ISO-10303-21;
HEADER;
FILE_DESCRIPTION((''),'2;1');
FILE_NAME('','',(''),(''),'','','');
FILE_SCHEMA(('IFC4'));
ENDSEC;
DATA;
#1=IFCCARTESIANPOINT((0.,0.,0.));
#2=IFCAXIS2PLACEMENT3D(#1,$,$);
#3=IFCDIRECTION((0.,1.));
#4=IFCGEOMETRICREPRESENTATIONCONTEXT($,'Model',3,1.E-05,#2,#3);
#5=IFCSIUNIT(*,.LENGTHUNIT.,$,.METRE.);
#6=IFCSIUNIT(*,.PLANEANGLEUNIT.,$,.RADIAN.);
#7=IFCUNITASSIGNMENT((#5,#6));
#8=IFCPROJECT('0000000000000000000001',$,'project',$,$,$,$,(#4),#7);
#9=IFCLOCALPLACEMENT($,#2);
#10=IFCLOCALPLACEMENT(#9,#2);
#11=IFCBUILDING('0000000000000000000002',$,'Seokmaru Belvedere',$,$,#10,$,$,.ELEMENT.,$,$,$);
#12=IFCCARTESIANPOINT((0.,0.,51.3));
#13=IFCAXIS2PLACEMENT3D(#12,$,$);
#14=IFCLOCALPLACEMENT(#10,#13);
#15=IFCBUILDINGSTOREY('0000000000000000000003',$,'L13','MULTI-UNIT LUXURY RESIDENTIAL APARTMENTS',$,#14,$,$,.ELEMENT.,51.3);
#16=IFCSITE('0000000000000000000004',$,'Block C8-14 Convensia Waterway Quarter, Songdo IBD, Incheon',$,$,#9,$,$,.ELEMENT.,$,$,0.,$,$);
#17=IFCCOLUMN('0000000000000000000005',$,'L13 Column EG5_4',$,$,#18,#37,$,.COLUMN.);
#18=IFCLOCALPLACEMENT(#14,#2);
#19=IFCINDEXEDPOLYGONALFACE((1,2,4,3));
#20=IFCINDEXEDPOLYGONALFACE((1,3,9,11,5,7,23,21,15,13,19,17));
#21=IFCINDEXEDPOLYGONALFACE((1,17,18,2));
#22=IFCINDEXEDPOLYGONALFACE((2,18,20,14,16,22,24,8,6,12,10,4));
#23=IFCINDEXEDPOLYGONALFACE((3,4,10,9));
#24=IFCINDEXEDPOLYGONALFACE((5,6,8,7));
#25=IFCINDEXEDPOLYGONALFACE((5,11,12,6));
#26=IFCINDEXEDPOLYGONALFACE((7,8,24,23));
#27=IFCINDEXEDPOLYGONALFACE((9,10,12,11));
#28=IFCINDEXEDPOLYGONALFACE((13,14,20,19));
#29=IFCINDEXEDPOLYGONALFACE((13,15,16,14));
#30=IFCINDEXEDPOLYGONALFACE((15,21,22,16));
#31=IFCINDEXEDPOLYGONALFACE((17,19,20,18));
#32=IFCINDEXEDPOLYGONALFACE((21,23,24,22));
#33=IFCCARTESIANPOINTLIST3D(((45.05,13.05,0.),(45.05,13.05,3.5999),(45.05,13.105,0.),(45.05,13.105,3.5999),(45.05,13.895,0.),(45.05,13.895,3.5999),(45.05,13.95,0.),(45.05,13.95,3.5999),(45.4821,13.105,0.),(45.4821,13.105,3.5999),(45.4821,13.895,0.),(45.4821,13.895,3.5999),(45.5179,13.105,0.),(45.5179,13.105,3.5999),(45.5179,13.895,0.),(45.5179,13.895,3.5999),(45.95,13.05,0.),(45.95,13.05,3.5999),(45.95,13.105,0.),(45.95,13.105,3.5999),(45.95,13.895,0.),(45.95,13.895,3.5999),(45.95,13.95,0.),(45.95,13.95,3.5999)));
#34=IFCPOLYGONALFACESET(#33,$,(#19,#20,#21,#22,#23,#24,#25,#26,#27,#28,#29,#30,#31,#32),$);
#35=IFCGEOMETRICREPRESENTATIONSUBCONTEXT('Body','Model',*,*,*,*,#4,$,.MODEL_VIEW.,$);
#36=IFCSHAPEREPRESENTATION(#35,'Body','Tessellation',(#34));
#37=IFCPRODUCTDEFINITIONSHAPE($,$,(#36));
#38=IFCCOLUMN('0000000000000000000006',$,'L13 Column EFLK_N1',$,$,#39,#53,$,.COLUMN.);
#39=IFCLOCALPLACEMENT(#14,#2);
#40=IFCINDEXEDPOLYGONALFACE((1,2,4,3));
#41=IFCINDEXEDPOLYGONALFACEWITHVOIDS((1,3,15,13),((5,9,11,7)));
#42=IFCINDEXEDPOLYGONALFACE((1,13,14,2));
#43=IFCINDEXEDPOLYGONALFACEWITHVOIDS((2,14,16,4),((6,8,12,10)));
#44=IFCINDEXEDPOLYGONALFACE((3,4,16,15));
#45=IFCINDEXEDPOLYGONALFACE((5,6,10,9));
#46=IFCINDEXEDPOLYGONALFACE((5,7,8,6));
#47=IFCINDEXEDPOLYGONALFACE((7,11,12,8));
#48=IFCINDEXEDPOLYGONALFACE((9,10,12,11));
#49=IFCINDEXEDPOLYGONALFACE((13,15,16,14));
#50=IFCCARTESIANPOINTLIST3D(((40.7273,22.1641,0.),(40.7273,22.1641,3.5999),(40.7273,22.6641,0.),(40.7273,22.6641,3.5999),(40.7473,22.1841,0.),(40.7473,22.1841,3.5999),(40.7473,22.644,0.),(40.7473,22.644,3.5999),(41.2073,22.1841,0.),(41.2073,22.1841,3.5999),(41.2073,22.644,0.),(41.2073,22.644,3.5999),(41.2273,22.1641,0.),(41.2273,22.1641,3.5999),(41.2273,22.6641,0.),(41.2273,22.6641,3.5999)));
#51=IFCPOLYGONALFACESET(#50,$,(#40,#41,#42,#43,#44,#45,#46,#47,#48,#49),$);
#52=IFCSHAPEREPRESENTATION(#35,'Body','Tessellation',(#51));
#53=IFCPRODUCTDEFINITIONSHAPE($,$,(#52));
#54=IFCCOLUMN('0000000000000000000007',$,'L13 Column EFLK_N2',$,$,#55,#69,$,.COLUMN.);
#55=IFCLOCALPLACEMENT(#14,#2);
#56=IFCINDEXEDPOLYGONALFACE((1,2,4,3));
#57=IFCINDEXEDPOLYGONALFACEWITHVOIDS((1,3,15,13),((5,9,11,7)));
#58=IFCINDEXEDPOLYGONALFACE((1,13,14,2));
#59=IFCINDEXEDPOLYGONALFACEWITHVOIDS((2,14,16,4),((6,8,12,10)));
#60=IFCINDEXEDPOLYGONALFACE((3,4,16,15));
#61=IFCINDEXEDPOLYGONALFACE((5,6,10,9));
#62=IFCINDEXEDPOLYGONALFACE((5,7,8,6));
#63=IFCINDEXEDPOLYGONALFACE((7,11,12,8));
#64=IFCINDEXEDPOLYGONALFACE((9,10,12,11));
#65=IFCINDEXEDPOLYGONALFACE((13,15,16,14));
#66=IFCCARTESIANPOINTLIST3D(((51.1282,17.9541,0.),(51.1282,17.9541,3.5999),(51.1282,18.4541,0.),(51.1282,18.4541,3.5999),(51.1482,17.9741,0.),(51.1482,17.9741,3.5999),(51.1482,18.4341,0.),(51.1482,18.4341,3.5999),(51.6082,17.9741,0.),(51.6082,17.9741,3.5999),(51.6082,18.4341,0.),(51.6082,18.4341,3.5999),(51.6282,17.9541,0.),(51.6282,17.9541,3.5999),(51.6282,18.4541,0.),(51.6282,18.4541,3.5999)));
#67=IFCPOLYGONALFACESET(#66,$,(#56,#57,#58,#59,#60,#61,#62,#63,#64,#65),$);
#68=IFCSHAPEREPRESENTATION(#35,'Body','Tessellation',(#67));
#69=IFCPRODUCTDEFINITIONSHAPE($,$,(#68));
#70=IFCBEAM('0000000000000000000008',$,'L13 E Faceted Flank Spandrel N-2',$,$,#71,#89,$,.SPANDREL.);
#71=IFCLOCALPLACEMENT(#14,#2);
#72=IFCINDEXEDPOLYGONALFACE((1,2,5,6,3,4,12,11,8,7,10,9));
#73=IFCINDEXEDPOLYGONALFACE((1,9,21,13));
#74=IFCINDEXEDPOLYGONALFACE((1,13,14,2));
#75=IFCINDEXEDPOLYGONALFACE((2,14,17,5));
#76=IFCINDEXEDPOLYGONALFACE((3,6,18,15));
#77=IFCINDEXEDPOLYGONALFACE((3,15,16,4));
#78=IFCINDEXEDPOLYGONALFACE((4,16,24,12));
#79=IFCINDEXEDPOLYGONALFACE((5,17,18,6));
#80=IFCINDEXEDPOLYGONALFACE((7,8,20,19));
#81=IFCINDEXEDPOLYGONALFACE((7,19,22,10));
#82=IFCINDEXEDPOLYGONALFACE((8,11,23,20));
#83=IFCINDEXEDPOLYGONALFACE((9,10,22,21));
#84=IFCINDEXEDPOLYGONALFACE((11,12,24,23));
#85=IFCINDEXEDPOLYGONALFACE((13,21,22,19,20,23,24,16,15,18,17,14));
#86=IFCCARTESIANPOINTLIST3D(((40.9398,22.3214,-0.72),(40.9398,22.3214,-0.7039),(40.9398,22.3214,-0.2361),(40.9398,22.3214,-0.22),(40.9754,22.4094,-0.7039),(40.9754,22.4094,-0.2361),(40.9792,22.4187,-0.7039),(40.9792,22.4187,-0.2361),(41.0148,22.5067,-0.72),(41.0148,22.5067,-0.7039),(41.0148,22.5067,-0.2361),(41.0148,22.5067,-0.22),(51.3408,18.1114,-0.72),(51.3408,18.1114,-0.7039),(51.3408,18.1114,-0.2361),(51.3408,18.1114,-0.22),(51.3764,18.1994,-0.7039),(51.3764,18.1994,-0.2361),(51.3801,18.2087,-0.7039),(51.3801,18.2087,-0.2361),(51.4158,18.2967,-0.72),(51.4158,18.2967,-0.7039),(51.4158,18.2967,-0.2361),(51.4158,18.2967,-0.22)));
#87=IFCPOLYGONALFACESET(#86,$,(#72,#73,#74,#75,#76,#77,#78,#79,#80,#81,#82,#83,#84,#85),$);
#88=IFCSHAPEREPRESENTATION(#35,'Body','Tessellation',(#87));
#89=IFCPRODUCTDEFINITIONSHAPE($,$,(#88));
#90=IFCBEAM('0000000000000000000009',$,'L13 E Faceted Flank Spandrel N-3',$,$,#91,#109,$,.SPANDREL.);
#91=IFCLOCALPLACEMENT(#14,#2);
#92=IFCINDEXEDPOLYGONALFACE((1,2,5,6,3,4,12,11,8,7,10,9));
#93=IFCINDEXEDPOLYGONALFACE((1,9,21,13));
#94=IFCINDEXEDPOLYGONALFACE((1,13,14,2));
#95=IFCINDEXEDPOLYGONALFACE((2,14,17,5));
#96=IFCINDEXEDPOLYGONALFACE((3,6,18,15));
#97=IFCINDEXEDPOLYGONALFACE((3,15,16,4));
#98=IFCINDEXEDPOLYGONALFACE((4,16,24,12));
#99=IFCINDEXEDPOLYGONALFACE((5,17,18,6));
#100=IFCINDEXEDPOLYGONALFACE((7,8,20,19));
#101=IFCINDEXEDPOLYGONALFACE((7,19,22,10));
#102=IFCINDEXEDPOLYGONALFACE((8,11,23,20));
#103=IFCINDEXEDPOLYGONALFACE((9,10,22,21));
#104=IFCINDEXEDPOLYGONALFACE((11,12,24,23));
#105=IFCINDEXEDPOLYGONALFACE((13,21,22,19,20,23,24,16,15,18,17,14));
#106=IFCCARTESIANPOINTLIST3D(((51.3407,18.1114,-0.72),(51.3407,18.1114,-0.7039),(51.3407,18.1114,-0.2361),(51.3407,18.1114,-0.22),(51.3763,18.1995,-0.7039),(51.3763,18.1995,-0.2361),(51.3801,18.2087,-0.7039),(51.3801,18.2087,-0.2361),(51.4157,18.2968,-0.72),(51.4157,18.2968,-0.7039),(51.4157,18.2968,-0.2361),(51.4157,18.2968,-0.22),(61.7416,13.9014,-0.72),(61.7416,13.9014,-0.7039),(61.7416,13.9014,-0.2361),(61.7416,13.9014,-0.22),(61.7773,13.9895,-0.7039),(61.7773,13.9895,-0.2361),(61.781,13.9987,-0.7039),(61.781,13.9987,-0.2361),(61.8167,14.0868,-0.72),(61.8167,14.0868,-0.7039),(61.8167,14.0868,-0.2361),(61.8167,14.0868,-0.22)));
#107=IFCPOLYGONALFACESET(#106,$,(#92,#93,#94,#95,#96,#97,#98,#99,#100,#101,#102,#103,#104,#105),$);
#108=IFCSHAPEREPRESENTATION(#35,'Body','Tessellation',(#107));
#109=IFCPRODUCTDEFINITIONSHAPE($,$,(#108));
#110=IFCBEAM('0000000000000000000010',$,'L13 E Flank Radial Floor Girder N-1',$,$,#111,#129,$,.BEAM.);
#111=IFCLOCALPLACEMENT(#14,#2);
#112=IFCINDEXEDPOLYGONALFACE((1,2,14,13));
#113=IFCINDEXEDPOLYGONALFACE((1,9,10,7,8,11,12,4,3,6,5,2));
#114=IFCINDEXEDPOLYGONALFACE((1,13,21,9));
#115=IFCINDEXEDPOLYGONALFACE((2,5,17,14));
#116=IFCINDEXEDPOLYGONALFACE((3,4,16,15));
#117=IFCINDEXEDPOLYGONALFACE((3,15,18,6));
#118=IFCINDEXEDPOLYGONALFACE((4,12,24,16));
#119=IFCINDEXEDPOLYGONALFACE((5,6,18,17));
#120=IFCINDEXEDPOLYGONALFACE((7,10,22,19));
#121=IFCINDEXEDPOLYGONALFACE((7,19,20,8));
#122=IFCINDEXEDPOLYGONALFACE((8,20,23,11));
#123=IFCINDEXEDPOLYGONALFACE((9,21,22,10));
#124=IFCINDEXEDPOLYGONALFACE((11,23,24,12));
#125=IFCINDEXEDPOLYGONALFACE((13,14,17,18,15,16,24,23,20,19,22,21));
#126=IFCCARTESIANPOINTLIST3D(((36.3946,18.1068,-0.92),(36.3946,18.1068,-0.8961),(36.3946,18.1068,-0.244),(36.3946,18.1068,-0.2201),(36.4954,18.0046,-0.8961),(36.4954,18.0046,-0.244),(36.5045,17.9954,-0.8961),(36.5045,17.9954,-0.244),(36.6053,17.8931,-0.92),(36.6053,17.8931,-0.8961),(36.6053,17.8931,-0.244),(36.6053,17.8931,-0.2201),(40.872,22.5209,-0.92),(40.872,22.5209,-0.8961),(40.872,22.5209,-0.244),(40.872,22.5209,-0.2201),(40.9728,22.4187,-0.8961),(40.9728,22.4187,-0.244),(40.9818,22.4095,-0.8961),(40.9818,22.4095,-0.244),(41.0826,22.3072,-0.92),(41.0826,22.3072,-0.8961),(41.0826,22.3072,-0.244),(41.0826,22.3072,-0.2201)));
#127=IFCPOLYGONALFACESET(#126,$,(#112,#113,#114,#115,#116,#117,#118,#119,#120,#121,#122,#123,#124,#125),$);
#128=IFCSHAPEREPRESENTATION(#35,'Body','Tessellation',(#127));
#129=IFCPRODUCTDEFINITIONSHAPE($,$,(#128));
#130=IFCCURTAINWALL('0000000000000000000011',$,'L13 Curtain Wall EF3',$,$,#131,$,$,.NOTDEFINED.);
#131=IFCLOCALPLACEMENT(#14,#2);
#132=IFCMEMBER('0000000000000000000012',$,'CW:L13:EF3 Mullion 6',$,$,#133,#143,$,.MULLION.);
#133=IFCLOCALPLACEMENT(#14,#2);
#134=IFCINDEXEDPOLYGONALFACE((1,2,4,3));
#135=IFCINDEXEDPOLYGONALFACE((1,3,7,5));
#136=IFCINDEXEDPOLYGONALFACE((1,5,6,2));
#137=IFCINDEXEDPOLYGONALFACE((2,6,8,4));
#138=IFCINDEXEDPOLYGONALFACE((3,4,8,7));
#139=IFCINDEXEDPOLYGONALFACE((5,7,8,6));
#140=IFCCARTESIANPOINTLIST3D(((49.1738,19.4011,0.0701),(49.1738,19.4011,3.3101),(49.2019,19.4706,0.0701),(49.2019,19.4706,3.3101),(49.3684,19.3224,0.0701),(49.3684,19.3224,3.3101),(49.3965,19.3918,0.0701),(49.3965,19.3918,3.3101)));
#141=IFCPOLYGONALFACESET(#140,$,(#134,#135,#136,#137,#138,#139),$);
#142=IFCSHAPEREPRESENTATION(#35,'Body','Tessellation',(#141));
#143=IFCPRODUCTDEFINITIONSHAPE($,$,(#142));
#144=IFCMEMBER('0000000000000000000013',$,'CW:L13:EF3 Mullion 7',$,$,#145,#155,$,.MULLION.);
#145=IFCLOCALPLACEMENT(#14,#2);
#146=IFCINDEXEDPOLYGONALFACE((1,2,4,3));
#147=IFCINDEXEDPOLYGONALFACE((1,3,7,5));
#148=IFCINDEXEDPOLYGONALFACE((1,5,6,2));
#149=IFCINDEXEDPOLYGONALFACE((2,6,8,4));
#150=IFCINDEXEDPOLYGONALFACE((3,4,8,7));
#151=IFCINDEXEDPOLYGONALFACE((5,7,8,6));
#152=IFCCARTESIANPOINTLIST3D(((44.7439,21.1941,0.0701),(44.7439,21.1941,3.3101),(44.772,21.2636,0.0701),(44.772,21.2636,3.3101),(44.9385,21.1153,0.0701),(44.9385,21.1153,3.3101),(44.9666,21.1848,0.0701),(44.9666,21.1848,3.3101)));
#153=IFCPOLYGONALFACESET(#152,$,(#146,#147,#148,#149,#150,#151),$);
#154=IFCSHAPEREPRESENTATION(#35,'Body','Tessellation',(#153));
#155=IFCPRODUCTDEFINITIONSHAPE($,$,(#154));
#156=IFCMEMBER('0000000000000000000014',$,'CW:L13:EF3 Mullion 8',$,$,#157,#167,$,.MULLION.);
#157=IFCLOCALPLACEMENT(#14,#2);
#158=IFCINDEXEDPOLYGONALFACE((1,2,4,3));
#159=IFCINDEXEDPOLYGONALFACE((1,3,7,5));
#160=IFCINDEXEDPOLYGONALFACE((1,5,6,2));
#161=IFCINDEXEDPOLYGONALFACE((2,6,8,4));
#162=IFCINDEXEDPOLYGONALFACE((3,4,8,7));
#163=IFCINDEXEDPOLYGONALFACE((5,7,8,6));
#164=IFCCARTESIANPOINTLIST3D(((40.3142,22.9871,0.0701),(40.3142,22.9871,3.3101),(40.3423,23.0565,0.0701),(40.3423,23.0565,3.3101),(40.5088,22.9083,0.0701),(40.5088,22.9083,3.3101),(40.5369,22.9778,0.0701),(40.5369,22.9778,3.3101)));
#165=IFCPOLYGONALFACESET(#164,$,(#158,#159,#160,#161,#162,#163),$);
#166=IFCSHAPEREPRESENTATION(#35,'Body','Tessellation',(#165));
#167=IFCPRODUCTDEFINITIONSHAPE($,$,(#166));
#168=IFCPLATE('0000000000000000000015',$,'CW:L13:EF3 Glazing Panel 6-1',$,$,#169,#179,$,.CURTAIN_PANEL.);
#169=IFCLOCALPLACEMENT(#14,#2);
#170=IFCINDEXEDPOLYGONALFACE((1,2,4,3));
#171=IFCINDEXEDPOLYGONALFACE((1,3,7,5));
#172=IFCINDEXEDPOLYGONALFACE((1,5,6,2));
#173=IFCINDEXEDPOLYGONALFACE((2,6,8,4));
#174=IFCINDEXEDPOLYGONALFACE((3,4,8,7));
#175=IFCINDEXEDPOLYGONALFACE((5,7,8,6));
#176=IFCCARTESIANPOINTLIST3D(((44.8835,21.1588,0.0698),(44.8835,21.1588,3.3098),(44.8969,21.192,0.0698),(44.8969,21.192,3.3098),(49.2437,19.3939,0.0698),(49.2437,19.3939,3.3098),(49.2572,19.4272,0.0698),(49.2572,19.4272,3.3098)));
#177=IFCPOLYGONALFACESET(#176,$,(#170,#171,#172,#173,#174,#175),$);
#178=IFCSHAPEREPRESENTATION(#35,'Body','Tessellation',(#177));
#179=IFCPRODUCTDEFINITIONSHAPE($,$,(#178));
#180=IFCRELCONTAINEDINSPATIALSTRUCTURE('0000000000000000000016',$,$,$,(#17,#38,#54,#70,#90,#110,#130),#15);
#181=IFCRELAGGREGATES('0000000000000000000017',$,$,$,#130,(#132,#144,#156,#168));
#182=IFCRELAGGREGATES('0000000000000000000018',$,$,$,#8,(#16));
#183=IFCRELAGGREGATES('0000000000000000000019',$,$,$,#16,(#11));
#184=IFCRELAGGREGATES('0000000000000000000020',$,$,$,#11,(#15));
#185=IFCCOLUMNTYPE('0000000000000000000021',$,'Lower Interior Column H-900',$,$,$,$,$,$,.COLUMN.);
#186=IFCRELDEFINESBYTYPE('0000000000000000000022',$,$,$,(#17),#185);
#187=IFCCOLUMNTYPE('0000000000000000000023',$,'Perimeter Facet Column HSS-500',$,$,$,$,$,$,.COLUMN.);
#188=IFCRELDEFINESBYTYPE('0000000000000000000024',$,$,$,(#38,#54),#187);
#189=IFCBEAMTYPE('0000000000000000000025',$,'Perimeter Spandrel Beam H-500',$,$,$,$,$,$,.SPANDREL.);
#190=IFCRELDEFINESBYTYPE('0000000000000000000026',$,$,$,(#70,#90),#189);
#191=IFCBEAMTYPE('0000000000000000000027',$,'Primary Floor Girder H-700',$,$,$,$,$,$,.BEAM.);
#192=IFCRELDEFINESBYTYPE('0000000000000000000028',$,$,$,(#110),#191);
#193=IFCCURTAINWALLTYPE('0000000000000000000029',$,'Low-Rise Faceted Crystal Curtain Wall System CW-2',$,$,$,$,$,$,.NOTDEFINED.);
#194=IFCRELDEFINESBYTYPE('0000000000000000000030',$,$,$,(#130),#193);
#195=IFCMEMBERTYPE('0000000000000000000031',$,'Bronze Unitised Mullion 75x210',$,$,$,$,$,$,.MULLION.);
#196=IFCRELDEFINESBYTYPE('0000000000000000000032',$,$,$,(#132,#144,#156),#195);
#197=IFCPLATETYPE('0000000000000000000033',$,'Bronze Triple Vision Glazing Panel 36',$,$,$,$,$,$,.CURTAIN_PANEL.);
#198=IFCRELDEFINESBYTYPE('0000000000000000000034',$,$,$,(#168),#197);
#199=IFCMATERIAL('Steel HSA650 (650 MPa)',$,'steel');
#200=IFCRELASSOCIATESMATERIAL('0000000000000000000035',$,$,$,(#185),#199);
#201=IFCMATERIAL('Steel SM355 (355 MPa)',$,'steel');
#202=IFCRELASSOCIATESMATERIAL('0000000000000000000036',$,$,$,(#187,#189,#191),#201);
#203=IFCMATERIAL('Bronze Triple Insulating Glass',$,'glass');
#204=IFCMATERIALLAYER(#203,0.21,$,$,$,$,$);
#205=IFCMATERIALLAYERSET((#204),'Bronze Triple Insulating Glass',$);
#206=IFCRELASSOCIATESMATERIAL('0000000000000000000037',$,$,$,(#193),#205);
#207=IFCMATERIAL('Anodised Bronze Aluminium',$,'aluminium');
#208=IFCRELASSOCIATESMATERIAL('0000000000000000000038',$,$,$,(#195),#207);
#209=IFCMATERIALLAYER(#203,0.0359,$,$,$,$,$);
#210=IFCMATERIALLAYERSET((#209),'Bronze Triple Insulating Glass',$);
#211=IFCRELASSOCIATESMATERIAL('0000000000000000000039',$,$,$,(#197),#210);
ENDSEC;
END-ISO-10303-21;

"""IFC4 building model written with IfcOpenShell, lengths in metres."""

from ifc_helpers import new_model, si_unit, direction, frame, origin, origin_2d, place, context, subcontext, project, spatial, rectangle, hollow_rectangle, i_section, extrude, source, transform, mapped, material, layer, layer_set, material_profile, profile_set, type_object, type_shapes, element, aggregate, save


model = new_model("IFC4")

# Units and contexts
model_context = context("Model", 3, precision=1e-05, world=origin(), true_north=direction((0.0, 1.0)))
body_context = subcontext(model_context, "Body", "Model", "MODEL_VIEW")
ifc_project = project(units=[si_unit("LENGTHUNIT", "METRE"), si_unit("PLANEANGLEUNIT", "RADIAN")], contexts=[model_context])

# Site, building, storey
site_placement = place(None, origin())
site = spatial("IfcSite", under=ifc_project, at=site_placement, Name="Block C8-14 Convensia Waterway Quarter, Songdo IBD, Incheon", CompositionType="ELEMENT", RefElevation=0.0)
building_placement = place(site_placement, origin())
building = spatial("IfcBuilding", under=site, at=building_placement, Name="Seokmaru Belvedere", CompositionType="ELEMENT")
storey_placement = place(building_placement, frame((0.0, 0.0, 51.3)))
storey = spatial("IfcBuildingStorey", under=building, at=storey_placement, Name="L13", Description="MULTI-UNIT LUXURY RESIDENTIAL APARTMENTS", CompositionType="ELEMENT", Elevation=51.3)

# Columns
ifc_material_1 = material(Name="Steel HSA650 (650 MPa)", Category="steel")
ifc_material_profile_1 = material_profile(ifc_material_1, i_section(OverallWidth=0.8999, OverallDepth=0.8999, WebThickness=0.0359, FlangeThickness=0.0549, at=origin_2d()), Name="H-900x900x36x55")
ifc_profile_set_1 = profile_set([ifc_material_profile_1], Name="Steel HSA650 (650 MPa)")
column_type_1 = type_object("IfcColumnType", Name="Lower Interior Column H-900", PredefinedType="COLUMN", material=ifc_profile_set_1)
shared_shape_1 = source(origin(), body_context, "Body", "SweptSolid", [
    extrude(i_section(OverallWidth=0.8999, OverallDepth=0.8999, WebThickness=0.0359, FlangeThickness=0.0549, at=origin_2d()), origin(), (0.0, 0.0, 1.0), 3.5999),
])
type_shapes(column_type_1, [shared_shape_1])
column_placement = place(storey_placement, frame((45.5, 13.5, 0.0), z_axis=(0.0, 0.0, 1.0), x_axis=(1.0, 0.0, 0.0)))
element("IfcColumn", 1, at=column_placement, inside=storey, type_object=column_type_1, Name="L13 Column EG5_4", PredefinedType="COLUMN", context=body_context, shape_type="MappedRepresentation", body=[
    mapped(shared_shape_1, transform((0.0, 0.0, 0.0), scale=1.0)),
])
ifc_material_2 = material(Name="Steel SM355 (355 MPa)", Category="steel")
ifc_material_profile_2 = material_profile(ifc_material_2, hollow_rectangle(XDim=0.5, YDim=0.5, WallThickness=0.02, at=origin_2d()), Name="HSS-500x500x20")
ifc_profile_set_2 = profile_set([ifc_material_profile_2], Name="Steel SM355 (355 MPa)")
column_type_2 = type_object("IfcColumnType", Name="Perimeter Facet Column HSS-500", PredefinedType="COLUMN", material=ifc_profile_set_2)
shared_shape_2 = source(origin(), body_context, "Body", "SweptSolid", [
    extrude(hollow_rectangle(XDim=0.5, YDim=0.5, WallThickness=0.02, at=origin_2d()), origin(), (0.0, 0.0, 1.0), 3.5999),
])
type_shapes(column_type_2, [shared_shape_2])
for number, where, z_axis, x_axis, name in (
    (2, (40.9773, 22.4141, 0.0), (0.0, 0.0, 1.0), (1.0, 0.0, 0.0), "L13 Column EFLK_N1"),
    (3, (51.3782, 18.2041, 0.0), (0.0, 0.0, 1.0), (1.0, 0.0, 0.0), "L13 Column EFLK_N2"),
):
    element("IfcColumn", number, at=place(storey_placement, frame(where, z_axis=z_axis, x_axis=x_axis)), inside=storey, type_object=column_type_2, Name=name, PredefinedType="COLUMN", context=body_context, shape_type="MappedRepresentation", body=[
        mapped(shared_shape_2, transform((0.0, 0.0, 0.0), scale=1.0)),
    ])

# Beams
ifc_material_profile_3 = material_profile(ifc_material_2, i_section(OverallWidth=0.2, OverallDepth=0.5, WebThickness=0.01, FlangeThickness=0.0161, at=origin_2d()), Name="H-500x200x10x16")
ifc_profile_set_3 = profile_set([ifc_material_profile_3], Name="Steel SM355 (355 MPa)")
beam_type_1 = type_object("IfcBeamType", Name="Perimeter Spandrel Beam H-500", PredefinedType="SPANDREL", material=ifc_profile_set_3)
shared_shape_3 = source(origin(), body_context, "Body", "SweptSolid", [
    extrude(i_section(OverallWidth=0.2, OverallDepth=0.5, WebThickness=0.01, FlangeThickness=0.0161, at=origin_2d()), origin(), (0.0, 0.0, 1.0), 11.2207),
])
type_shapes(beam_type_1, [shared_shape_3])
for number, where, z_axis, x_axis, name in (
    (4, (40.9773, 22.4141, -0.47), (0.926944, -0.375199, 0.0), (0.375199, 0.926944, 0.0), "L13 E Faceted Flank Spandrel N-2"),
    (5, (51.3782, 18.2041, -0.47), (0.926944, -0.375199, 0.0), (0.375199, 0.926944, 0.0), "L13 E Faceted Flank Spandrel N-3"),
):
    element("IfcBeam", number, at=place(storey_placement, frame(where, z_axis=z_axis, x_axis=x_axis)), inside=storey, type_object=beam_type_1, Name=name, PredefinedType="SPANDREL", context=body_context, shape_type="MappedRepresentation", body=[
        mapped(shared_shape_3, transform((0.0, 0.0, 0.0), scale=1.0)),
    ])
ifc_material_profile_4 = material_profile(ifc_material_2, i_section(OverallWidth=0.3, OverallDepth=0.7, WebThickness=0.0129, FlangeThickness=0.0239, at=origin_2d()), Name="H-700x300x13x24")
ifc_profile_set_4 = profile_set([ifc_material_profile_4], Name="Steel SM355 (355 MPa)")
beam_type_2 = type_object("IfcBeamType", Name="Primary Floor Girder H-700", PredefinedType="BEAM", material=ifc_profile_set_4)
shared_shape_4 = source(origin(), body_context, "Body", "SweptSolid", [
    extrude(i_section(OverallWidth=0.3, OverallDepth=0.7, WebThickness=0.0129, FlangeThickness=0.0239, at=origin_2d()), origin(), (0.0, 0.0, 1.0), 6.2874),
])
type_shapes(beam_type_2, [shared_shape_4])
beam_placement = place(storey_placement, frame((40.9773, 22.4141, -0.5701), z_axis=(-0.712117, -0.70206, 0.0), x_axis=(0.70206, -0.712117, 0.0)))
element("IfcBeam", 6, at=beam_placement, inside=storey, type_object=beam_type_2, Name="L13 E Flank Radial Floor Girder N-1", PredefinedType="BEAM", context=body_context, shape_type="MappedRepresentation", body=[
    mapped(shared_shape_4, transform((0.0, 0.0, 0.0), scale=1.0)),
])

# Curtain wall, members, plate
ifc_material_3 = material(Name="Bronze Triple Insulating Glass", Category="glass")
ifc_layer_1 = layer(ifc_material_3, 0.21)
ifc_layer_set_1 = layer_set([ifc_layer_1], Name="Bronze Triple Insulating Glass")
curtain_wall_type = type_object("IfcCurtainWallType", Name="Low-Rise Faceted Crystal Curtain Wall System CW-2", PredefinedType="NOTDEFINED", material=ifc_layer_set_1)
curtain_wall_placement = place(storey_placement, origin())
curtain_wall = element("IfcCurtainWall", 7, at=curtain_wall_placement, inside=storey, type_object=curtain_wall_type, Name="L13 Curtain Wall EF3", PredefinedType="NOTDEFINED")
ifc_material_4 = material(Name="Anodised Bronze Aluminium", Category="aluminium")
ifc_material_profile_5 = material_profile(ifc_material_4, rectangle(XDim=0.075, YDim=0.21, at=origin_2d()), Name="CW-M-75x210")
ifc_profile_set_5 = profile_set([ifc_material_profile_5], Name="Anodised Bronze Aluminium")
member_type = type_object("IfcMemberType", Name="Bronze Unitised Mullion 75x210", PredefinedType="MULLION", material=ifc_profile_set_5)
shared_shape_5 = source(origin(), body_context, "Body", "SweptSolid", [
    extrude(rectangle(XDim=0.075, YDim=0.21, at=origin_2d()), origin(), (0.0, 0.0, 1.0), 3.24),
])
type_shapes(member_type, [shared_shape_5])
member_1_placement = place(storey_placement, frame((49.2852, 19.3965, 0.0701), z_axis=(0.0, 0.0, 1.0), x_axis=(-0.375192, -0.926947, 0.0)))
member_1 = element("IfcMember", 8, at=member_1_placement, type_object=member_type, Name="CW:L13:EF3 Mullion 6", PredefinedType="MULLION", context=body_context, shape_type="MappedRepresentation", body=[
    mapped(shared_shape_5, transform((0.0, 0.0, 0.0), scale=1.0)),
])
member_2_placement = place(storey_placement, frame((44.8552, 21.1895, 0.0701), z_axis=(0.0, 0.0, 1.0), x_axis=(-0.375192, -0.926947, 0.0)))
member_2 = element("IfcMember", 9, at=member_2_placement, type_object=member_type, Name="CW:L13:EF3 Mullion 7", PredefinedType="MULLION", context=body_context, shape_type="MappedRepresentation", body=[
    mapped(shared_shape_5, transform((0.0, 0.0, 0.0), scale=1.0)),
])
member_3_placement = place(storey_placement, frame((40.4255, 22.9824, 0.0701), z_axis=(0.0, 0.0, 1.0), x_axis=(-0.375192, -0.926947, 0.0)))
member_3 = element("IfcMember", 10, at=member_3_placement, type_object=member_type, Name="CW:L13:EF3 Mullion 8", PredefinedType="MULLION", context=body_context, shape_type="MappedRepresentation", body=[
    mapped(shared_shape_5, transform((0.0, 0.0, 0.0), scale=1.0)),
])
ifc_layer_2 = layer(ifc_material_3, 0.0359)
ifc_layer_set_2 = layer_set([ifc_layer_2], Name="Bronze Triple Insulating Glass")
plate_type = type_object("IfcPlateType", Name="Bronze Triple Vision Glazing Panel 36", PredefinedType="CURTAIN_PANEL", material=ifc_layer_set_2)
shared_shape_6 = source(origin(), body_context, "Body", "SweptSolid", [
    extrude(rectangle(XDim=4.7039, YDim=0.0359, at=origin_2d()), origin(), (0.0, 0.0, 1.0), 3.24),
])
type_shapes(plate_type, [shared_shape_6])
plate_1_placement = place(storey_placement, frame((47.0703, 20.293, 0.0698), z_axis=(0.0, 0.0, 1.0), x_axis=(-0.926947, 0.375192, 0.0)))
plate_1 = element("IfcPlate", 11, at=plate_1_placement, type_object=plate_type, Name="CW:L13:EF3 Glazing Panel 6-1", PredefinedType="CURTAIN_PANEL", context=body_context, shape_type="MappedRepresentation", body=[
    mapped(shared_shape_6, transform((0.0, 0.0, 0.0), scale=1.0)),
])
aggregate(curtain_wall, [member_1, member_2, member_3, plate_1])

save(model, "model.ifc")
